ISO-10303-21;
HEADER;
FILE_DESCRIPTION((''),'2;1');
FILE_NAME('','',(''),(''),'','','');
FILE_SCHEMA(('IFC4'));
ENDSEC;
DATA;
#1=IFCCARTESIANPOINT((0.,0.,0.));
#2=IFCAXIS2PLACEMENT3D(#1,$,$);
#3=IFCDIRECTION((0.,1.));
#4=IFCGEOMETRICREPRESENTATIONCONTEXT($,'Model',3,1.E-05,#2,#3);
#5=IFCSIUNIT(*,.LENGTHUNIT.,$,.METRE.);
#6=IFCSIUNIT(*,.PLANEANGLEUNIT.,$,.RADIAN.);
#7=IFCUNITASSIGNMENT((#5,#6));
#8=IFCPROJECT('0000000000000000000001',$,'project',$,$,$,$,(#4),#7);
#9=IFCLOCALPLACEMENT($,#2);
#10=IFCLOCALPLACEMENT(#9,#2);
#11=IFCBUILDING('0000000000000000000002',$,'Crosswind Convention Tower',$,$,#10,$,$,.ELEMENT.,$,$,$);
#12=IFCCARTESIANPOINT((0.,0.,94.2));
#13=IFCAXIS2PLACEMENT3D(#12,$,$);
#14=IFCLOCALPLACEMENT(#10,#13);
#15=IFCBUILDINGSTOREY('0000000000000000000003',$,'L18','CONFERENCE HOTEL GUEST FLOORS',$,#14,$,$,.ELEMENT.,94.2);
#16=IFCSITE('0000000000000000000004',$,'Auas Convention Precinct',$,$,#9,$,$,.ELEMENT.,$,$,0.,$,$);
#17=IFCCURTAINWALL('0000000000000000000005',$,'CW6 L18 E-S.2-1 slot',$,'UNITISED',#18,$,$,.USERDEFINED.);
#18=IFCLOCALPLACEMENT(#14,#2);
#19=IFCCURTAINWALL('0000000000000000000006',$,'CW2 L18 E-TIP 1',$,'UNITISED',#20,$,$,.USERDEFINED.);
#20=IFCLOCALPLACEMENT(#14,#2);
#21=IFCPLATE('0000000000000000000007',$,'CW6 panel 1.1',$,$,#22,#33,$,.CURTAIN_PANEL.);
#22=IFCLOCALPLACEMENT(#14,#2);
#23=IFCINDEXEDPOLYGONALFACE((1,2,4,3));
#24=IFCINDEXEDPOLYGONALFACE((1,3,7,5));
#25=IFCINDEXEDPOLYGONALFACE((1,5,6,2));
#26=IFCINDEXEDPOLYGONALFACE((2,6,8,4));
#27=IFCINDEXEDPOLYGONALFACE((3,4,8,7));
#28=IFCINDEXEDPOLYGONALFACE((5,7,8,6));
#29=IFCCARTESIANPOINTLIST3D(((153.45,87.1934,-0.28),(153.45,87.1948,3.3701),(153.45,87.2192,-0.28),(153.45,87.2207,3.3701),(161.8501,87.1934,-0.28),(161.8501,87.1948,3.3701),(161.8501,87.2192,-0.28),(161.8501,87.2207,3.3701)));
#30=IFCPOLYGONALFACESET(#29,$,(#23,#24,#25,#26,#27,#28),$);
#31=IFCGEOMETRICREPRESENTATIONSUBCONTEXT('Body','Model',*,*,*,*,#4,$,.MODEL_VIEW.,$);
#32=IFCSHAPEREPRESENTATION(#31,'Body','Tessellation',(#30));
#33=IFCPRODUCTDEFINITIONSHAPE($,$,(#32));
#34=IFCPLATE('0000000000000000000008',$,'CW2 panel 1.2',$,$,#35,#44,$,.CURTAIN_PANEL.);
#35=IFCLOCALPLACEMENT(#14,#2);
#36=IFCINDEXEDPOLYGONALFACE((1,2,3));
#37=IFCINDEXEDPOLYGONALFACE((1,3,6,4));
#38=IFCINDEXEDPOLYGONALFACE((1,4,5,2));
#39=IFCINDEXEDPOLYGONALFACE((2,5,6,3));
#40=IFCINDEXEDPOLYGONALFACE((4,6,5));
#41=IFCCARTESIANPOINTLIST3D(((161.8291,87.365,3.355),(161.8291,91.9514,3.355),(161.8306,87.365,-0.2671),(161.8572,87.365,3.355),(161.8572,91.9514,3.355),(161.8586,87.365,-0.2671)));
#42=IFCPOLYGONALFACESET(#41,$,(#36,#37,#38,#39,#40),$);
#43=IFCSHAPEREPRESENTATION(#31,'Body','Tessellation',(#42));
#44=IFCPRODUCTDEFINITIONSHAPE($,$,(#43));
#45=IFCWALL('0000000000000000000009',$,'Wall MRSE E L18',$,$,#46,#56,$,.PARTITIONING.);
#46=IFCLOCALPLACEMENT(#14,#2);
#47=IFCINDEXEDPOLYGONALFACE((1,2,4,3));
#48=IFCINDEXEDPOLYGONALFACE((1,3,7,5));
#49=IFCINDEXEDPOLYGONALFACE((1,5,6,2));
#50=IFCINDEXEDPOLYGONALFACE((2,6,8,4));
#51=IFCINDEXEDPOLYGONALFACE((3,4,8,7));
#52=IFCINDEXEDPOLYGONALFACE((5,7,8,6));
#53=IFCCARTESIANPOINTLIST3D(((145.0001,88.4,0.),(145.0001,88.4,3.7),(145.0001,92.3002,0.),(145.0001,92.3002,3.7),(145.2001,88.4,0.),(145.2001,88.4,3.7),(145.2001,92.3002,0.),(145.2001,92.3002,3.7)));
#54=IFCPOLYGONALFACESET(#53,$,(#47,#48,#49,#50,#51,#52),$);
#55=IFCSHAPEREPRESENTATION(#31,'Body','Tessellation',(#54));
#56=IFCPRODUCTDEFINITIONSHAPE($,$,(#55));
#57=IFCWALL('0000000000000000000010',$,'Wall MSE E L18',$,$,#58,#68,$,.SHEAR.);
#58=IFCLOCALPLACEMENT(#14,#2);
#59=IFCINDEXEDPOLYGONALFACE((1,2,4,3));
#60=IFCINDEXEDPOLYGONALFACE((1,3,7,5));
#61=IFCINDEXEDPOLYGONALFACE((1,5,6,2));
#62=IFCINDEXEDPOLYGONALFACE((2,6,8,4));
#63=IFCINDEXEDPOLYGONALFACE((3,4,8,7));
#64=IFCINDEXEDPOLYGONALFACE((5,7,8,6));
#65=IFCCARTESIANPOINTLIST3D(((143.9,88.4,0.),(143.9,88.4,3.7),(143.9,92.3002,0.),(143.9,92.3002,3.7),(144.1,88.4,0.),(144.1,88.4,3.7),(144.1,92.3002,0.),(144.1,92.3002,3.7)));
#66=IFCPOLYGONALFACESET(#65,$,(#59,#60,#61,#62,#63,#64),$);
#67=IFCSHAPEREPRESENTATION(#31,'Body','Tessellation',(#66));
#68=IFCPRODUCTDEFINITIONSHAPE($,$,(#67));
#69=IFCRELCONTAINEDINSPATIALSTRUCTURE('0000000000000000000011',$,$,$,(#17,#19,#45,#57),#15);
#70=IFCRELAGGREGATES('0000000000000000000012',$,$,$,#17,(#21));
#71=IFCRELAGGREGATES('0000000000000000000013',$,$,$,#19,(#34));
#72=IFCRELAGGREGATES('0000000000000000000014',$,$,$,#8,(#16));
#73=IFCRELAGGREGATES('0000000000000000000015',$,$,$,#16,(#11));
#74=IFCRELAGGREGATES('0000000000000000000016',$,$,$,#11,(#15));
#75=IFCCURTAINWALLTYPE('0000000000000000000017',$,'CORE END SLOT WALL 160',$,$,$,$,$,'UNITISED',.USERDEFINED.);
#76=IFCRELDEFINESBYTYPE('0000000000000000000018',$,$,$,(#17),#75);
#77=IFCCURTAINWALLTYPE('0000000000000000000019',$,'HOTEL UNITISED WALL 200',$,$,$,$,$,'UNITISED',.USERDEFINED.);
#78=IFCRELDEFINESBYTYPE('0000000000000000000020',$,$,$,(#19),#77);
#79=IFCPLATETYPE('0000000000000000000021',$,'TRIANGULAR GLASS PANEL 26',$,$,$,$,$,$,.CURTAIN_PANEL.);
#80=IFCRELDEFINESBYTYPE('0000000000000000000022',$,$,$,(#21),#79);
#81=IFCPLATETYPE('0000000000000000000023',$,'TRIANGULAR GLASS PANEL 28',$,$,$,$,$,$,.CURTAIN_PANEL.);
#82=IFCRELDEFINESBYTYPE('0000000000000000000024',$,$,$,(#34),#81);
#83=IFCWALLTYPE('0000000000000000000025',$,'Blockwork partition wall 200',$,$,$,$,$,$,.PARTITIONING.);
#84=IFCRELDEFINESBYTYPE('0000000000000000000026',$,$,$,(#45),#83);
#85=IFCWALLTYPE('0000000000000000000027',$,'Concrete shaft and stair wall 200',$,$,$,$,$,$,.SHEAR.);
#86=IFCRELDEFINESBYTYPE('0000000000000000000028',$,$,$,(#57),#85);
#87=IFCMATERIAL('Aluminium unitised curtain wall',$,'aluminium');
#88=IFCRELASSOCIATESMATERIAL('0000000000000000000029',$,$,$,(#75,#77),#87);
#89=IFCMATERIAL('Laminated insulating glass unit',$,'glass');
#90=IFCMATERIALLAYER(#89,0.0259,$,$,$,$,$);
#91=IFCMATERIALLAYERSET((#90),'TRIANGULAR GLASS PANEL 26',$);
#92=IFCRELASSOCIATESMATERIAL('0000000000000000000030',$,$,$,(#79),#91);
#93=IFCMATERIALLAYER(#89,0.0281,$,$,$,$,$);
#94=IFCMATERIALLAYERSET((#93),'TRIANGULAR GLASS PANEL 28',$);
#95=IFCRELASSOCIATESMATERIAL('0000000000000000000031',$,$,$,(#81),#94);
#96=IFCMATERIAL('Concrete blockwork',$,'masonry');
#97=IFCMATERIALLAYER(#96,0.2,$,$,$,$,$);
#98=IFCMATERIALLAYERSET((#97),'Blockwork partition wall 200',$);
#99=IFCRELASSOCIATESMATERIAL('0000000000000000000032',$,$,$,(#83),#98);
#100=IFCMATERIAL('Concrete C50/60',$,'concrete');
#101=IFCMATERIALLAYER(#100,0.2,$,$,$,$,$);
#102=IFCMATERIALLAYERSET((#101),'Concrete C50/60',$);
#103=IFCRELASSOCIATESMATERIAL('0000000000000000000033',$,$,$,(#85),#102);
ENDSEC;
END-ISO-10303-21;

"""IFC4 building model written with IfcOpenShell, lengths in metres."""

from ifc_helpers import new_model, si_unit, direction, frame, frame_2d, origin, place, context, subcontext, project, spatial, polyline, rectangle, outline, extrude, material, layer, layer_set, type_object, element, aggregate, save


model = new_model("IFC4")

# Units and contexts
model_context = context("Model", 3, precision=1e-05, world=origin(), true_north=direction((0.0, 1.0)))
body_context = subcontext(model_context, "Body", "Model", "MODEL_VIEW")
ifc_project = project(units=[si_unit("LENGTHUNIT", "METRE"), si_unit("PLANEANGLEUNIT", "RADIAN")], contexts=[model_context])

# Site, building, storey
site_placement = place(None, origin())
site = spatial("IfcSite", under=ifc_project, at=site_placement, Name="Auas Convention Precinct", CompositionType="ELEMENT", RefElevation=0.0)
building_placement = place(site_placement, origin())
building = spatial("IfcBuilding", under=site, at=building_placement, Name="Crosswind Convention Tower", CompositionType="ELEMENT")
storey_placement = place(building_placement, frame((0.0, 0.0, 94.2)))
storey = spatial("IfcBuildingStorey", under=building, at=storey_placement, Name="L18", Description="CONFERENCE HOTEL GUEST FLOORS", CompositionType="ELEMENT", Elevation=94.2)

# Curtain wall
ifc_material_1 = material(Name="Aluminium unitised curtain wall", Category="aluminium")
curtain_wall_type_1 = type_object("IfcCurtainWallType", Name="CORE END SLOT WALL 160", ElementType="UNITISED", PredefinedType="USERDEFINED", material=ifc_material_1)
curtain_wall_1_placement = place(storey_placement, origin())
curtain_wall_1 = element("IfcCurtainWall", 1, at=curtain_wall_1_placement, inside=storey, type_object=curtain_wall_type_1, Name="CW6 L18 E-S.2-1 slot", ObjectType="UNITISED", PredefinedType="USERDEFINED")

# Curtain wall
curtain_wall_type_2 = type_object("IfcCurtainWallType", Name="HOTEL UNITISED WALL 200", ElementType="UNITISED", PredefinedType="USERDEFINED", material=ifc_material_1)
curtain_wall_2_placement = place(storey_placement, origin())
curtain_wall_2 = element("IfcCurtainWall", 2, at=curtain_wall_2_placement, inside=storey, type_object=curtain_wall_type_2, Name="CW2 L18 E-TIP 1", ObjectType="UNITISED", PredefinedType="USERDEFINED")

# Plates
ifc_material_2 = material(Name="Laminated insulating glass unit", Category="glass")
ifc_layer_1 = layer(ifc_material_2, 0.0259)
ifc_layer_set_1 = layer_set([ifc_layer_1], Name="TRIANGULAR GLASS PANEL 26")
plate_type_1 = type_object("IfcPlateType", Name="TRIANGULAR GLASS PANEL 26", PredefinedType="CURTAIN_PANEL", material=ifc_layer_set_1)
plate_1_placement = place(storey_placement, frame((153.45, 87.1934, -0.28), z_axis=(0.0, -1.0, 0.000401), x_axis=(1.0, 0.0, 0.0)))
plate_1 = element("IfcPlate", 3, at=plate_1_placement, type_object=plate_type_1, Name="CW6 panel 1.1", PredefinedType="CURTAIN_PANEL", context=body_context, shape_type="SweptSolid", body=[
    extrude(outline(polyline([(0.0, 0.0), (8.4001, 0.0), (8.4001, 3.6501), (0.0, 3.6501), (0.0, 0.0)])), origin(), (0.0, 0.0, -1.0), 0.0259),
])
aggregate(curtain_wall_1, [plate_1])
ifc_layer_2 = layer(ifc_material_2, 0.0281)
ifc_layer_set_2 = layer_set([ifc_layer_2], Name="TRIANGULAR GLASS PANEL 28")
plate_type_2 = type_object("IfcPlateType", Name="TRIANGULAR GLASS PANEL 28", PredefinedType="CURTAIN_PANEL", material=ifc_layer_set_2)
plate_2_placement = place(storey_placement, frame((161.8572, 87.365, 3.355), z_axis=(1.0, 0.0, 0.000404), x_axis=(0.000404, 0.0, -1.0)))
plate_2 = element("IfcPlate", 4, at=plate_2_placement, type_object=plate_type_2, Name="CW2 panel 1.2", PredefinedType="CURTAIN_PANEL", context=body_context, shape_type="SweptSolid", body=[
    extrude(outline(polyline([(0.0, 0.0), (3.6221, 0.0), (0.0, 4.5864), (0.0, 0.0)])), origin(), (0.0, 0.0, -1.0), 0.0281),
])

# Walls
ifc_material_3 = material(Name="Concrete blockwork", Category="masonry")
ifc_layer_3 = layer(ifc_material_3, 0.2)
ifc_layer_set_3 = layer_set([ifc_layer_3], Name="Blockwork partition wall 200")
wall_type_1 = type_object("IfcWallType", Name="Blockwork partition wall 200", PredefinedType="PARTITIONING", material=ifc_layer_set_3)
wall_1_placement = place(storey_placement, frame((145.1001, 88.3999, 0.0), z_axis=(0.0, 0.0, 1.0), x_axis=(0.0, 1.0, 0.0)))
element("IfcWall", 5, at=wall_1_placement, inside=storey, type_object=wall_type_1, Name="Wall MRSE E L18", PredefinedType="PARTITIONING", context=body_context, shape_type="SweptSolid", body=[
    extrude(rectangle(XDim=3.9001, YDim=0.2, at=frame_2d((1.9502, 0.0))), origin(), (0.0, 0.0, 1.0), 3.7),
])
ifc_material_4 = material(Name="Concrete C50/60", Category="concrete")
ifc_layer_4 = layer(ifc_material_4, 0.2)
ifc_layer_set_4 = layer_set([ifc_layer_4], Name="Concrete C50/60")
wall_type_2 = type_object("IfcWallType", Name="Concrete shaft and stair wall 200", PredefinedType="SHEAR", material=ifc_layer_set_4)
wall_2_placement = place(storey_placement, frame((144.0, 88.3999, 0.0), z_axis=(0.0, 0.0, 1.0), x_axis=(0.0, 1.0, 0.0)))
element("IfcWall", 6, at=wall_2_placement, inside=storey, type_object=wall_type_2, Name="Wall MSE E L18", PredefinedType="SHEAR", context=body_context, shape_type="SweptSolid", body=[
    extrude(rectangle(XDim=3.9001, YDim=0.2, at=frame_2d((1.9502, 0.0))), origin(), (0.0, 0.0, 1.0), 3.7),
])

aggregate(curtain_wall_2, [plate_2])

save(model, "model.ifc")
